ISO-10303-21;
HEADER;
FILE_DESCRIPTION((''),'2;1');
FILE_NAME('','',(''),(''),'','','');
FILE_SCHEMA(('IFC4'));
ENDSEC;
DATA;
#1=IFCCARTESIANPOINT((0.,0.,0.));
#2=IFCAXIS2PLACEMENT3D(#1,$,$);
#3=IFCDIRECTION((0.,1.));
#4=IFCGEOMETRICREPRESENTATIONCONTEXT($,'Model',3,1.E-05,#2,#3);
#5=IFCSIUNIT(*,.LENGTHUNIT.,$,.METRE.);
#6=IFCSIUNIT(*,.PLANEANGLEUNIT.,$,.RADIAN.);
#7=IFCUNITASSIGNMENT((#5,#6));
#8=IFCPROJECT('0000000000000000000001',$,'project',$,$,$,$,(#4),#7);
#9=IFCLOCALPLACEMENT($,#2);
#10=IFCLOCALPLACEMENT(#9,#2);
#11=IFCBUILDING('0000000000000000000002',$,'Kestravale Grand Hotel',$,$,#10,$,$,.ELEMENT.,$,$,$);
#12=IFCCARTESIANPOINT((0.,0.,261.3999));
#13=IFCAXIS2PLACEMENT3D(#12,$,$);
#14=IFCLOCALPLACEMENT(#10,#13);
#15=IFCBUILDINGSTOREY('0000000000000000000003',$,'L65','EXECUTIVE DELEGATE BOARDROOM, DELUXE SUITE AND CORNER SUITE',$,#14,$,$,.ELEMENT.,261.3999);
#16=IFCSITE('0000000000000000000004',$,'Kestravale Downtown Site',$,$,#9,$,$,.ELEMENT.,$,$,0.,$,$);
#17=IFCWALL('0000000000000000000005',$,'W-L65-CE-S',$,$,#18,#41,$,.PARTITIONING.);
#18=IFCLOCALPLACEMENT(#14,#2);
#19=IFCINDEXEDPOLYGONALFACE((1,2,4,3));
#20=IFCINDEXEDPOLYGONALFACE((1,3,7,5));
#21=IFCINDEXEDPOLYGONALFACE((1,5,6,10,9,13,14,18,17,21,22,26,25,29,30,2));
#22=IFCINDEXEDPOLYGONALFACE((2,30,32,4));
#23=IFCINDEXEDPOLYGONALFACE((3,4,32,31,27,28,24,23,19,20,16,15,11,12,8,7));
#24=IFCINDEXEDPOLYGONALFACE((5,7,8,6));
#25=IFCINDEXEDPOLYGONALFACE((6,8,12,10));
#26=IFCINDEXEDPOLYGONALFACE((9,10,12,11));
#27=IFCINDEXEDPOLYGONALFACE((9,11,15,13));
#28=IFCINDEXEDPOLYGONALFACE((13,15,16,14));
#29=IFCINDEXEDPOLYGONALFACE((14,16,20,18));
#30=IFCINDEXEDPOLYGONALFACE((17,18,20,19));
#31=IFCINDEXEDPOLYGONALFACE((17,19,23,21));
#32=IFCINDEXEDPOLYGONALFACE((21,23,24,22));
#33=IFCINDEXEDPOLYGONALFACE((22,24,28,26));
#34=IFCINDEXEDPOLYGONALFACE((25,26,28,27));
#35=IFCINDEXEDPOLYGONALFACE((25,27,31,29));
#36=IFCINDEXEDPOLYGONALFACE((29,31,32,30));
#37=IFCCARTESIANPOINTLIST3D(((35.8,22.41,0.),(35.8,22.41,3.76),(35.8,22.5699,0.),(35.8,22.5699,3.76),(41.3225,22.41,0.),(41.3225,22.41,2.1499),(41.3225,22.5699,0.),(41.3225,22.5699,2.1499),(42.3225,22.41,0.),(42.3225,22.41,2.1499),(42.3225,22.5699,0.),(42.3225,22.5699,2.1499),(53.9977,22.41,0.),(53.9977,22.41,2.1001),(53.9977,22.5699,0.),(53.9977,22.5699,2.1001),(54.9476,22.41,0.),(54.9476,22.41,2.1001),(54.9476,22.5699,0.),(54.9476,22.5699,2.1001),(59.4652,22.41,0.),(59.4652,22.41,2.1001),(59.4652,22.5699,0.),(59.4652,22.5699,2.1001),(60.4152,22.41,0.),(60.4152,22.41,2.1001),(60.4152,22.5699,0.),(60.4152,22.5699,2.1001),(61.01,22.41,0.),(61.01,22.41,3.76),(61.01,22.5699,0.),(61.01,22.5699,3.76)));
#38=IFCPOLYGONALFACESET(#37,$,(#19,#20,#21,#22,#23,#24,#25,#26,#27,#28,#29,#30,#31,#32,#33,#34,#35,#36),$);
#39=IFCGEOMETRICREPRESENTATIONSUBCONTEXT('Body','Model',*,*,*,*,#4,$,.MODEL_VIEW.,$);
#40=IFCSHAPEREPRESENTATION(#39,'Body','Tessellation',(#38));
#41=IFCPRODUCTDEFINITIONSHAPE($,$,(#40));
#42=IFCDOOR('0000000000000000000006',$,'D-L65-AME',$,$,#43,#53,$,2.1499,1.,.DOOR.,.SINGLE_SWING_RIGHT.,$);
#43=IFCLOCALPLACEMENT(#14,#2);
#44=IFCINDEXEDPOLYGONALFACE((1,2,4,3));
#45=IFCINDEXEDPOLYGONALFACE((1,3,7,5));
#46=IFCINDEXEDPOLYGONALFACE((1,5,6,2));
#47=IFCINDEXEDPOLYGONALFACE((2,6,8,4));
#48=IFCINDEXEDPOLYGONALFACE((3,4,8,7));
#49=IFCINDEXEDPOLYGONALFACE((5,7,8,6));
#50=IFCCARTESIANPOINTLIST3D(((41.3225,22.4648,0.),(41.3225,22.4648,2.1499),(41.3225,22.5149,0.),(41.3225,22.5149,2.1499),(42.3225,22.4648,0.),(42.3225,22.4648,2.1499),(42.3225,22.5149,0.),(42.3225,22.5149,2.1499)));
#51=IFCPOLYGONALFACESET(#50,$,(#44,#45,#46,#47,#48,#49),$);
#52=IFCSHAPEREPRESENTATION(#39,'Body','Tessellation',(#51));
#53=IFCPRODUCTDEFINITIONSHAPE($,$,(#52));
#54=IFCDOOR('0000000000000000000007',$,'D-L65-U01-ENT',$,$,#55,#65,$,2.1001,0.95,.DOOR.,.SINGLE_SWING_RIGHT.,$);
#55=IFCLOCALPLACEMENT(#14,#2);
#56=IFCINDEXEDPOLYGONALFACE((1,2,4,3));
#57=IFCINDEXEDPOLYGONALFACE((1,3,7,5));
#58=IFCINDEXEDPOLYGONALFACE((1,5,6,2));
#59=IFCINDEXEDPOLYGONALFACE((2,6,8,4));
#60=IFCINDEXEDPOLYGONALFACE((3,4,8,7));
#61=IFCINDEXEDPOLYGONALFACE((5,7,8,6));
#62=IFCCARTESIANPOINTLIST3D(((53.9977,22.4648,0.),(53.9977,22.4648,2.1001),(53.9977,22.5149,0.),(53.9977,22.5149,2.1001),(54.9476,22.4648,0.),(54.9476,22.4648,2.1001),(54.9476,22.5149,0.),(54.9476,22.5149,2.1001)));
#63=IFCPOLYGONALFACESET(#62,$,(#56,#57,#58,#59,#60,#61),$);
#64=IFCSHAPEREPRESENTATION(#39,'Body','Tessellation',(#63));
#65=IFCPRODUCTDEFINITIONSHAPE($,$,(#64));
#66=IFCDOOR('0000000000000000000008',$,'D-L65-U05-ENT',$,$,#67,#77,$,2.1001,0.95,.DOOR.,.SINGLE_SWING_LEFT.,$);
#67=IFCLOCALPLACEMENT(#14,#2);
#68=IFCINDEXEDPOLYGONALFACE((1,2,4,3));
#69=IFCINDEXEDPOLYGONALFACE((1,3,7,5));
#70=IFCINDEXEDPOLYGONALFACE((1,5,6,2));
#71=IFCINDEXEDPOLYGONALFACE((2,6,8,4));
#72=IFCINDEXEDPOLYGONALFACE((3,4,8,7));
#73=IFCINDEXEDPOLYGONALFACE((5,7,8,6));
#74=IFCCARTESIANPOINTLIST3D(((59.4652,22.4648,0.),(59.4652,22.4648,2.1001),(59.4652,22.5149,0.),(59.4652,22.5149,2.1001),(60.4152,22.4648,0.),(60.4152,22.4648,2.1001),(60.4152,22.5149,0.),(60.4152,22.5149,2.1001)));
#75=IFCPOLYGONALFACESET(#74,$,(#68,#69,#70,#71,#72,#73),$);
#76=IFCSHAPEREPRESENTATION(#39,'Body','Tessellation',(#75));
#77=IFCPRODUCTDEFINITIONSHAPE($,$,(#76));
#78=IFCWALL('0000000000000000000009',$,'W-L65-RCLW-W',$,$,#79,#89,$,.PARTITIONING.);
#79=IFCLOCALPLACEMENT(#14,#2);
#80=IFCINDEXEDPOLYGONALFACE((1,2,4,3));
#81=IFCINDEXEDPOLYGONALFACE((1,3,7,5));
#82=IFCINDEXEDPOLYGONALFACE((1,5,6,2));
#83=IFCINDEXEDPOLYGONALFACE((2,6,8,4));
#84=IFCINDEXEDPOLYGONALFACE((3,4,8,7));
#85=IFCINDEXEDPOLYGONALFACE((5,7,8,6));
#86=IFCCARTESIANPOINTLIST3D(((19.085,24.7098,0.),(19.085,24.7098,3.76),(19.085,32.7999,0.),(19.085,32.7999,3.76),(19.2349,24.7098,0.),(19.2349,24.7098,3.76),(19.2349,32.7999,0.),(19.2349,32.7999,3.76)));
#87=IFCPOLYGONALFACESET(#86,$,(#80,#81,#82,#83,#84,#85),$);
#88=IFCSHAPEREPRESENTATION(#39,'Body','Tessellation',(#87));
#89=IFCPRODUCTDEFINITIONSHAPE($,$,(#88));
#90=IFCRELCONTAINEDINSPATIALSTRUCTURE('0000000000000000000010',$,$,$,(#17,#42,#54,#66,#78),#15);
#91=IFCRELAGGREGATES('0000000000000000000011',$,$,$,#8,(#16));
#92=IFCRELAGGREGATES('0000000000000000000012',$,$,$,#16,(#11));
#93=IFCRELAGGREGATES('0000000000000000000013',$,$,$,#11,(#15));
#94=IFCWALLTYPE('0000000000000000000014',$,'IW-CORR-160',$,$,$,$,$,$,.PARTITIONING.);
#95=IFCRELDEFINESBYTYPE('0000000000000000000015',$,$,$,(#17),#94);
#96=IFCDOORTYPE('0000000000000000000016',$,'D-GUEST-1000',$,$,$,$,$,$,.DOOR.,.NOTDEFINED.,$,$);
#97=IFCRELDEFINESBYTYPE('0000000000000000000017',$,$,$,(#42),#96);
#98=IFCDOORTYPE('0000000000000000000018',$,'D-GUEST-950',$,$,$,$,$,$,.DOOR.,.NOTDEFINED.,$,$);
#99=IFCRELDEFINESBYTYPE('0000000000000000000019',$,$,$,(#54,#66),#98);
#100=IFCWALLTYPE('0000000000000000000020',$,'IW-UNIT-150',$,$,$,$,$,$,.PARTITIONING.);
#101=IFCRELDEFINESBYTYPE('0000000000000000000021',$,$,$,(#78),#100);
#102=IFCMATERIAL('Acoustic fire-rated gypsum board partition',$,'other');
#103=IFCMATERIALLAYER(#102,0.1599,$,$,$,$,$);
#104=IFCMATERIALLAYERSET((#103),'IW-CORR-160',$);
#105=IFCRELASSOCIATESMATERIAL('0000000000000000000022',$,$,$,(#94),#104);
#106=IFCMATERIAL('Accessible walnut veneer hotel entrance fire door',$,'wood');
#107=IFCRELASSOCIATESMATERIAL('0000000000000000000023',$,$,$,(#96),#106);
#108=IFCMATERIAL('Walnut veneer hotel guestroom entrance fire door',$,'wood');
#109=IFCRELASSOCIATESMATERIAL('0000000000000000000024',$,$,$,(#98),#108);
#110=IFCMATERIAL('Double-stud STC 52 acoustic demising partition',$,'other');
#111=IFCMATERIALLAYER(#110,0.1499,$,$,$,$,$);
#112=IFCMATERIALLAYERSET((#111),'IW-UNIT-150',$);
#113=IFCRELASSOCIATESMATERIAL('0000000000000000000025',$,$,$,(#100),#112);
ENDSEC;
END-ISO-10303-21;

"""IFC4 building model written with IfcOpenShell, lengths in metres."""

from ifc_helpers import new_model, si_unit, direction, frame, frame_2d, origin, place, context, subcontext, project, spatial, rectangle, extrude, material, layer, layer_set, type_object, element, fill, save


model = new_model("IFC4")

# Units and contexts
model_context = context("Model", 3, precision=1e-05, world=origin(), true_north=direction((0.0, 1.0)))
body_context = subcontext(model_context, "Body", "Model", "MODEL_VIEW")
ifc_project = project(units=[si_unit("LENGTHUNIT", "METRE"), si_unit("PLANEANGLEUNIT", "RADIAN")], contexts=[model_context])

# Site, building, storey
site_placement = place(None, origin())
site = spatial("IfcSite", under=ifc_project, at=site_placement, Name="Kestravale Downtown Site", CompositionType="ELEMENT", RefElevation=0.0)
building_placement = place(site_placement, origin())
building = spatial("IfcBuilding", under=site, at=building_placement, Name="Kestravale Grand Hotel", CompositionType="ELEMENT")
storey_placement = place(building_placement, frame((0.0, 0.0, 261.3999)))
storey = spatial("IfcBuildingStorey", under=building, at=storey_placement, Name="L65", Description="EXECUTIVE DELEGATE BOARDROOM, DELUXE SUITE AND CORNER SUITE", CompositionType="ELEMENT", Elevation=261.3999)

# Shared definitions
ifc_material_1 = material(Name="Acoustic fire-rated gypsum board partition", Category="other")
ifc_layer_1 = layer(ifc_material_1, 0.1599)
ifc_layer_set_1 = layer_set([ifc_layer_1], Name="IW-CORR-160")
wall_type_1 = type_object("IfcWallType", Name="IW-CORR-160", PredefinedType="PARTITIONING", material=ifc_layer_set_1)
ifc_material_2 = material(Name="Accessible walnut veneer hotel entrance fire door", Category="wood")
door_type_1 = type_object("IfcDoorType", Name="D-GUEST-1000", OperationType="NOTDEFINED", PredefinedType="DOOR", material=ifc_material_2)

# Wall, openings, doors
wall_1_placement = place(storey_placement, frame((35.8, 22.49, 0.0), z_axis=(0.0, 0.0, 1.0), x_axis=(1.0, 0.0, 0.0)))
wall_1 = element("IfcWall", 1, at=wall_1_placement, inside=storey, type_object=wall_type_1, Name="W-L65-CE-S", PredefinedType="PARTITIONING", context=body_context, shape_type="SweptSolid", body=[
    extrude(rectangle(XDim=25.21, YDim=0.1599, at=frame_2d((12.605, 0.0))), origin(), (0.0, 0.0, 1.0), 3.76),
])
opening_1_placement = place(wall_1_placement, frame((5.5225, 0.0, 0.0)))
opening_1 = element("IfcOpeningElement", 2, at=opening_1_placement, cuts=wall_1, PredefinedType="OPENING", context=body_context, shape_type="SweptSolid", body=[
    extrude(rectangle(XDim=1.0, YDim=2.1499, at=frame_2d((0.5, 1.075))), frame((0.0, 0.0898, 0.0), z_axis=(0.0, -1.0, 0.0), x_axis=(1.0, 0.0, 0.0)), (0.0, 0.0, 1.0), 0.1799),
])
opening_2_placement = place(wall_1_placement, frame((18.1975, 0.0, 0.0)))
opening_2 = element("IfcOpeningElement", 3, at=opening_2_placement, cuts=wall_1, PredefinedType="OPENING", context=body_context, shape_type="SweptSolid", body=[
    extrude(rectangle(XDim=0.95, YDim=2.1001, at=frame_2d((0.4751, 1.05))), frame((0.0, 0.0898, 0.0), z_axis=(0.0, -1.0, 0.0), x_axis=(1.0, 0.0, 0.0)), (0.0, 0.0, 1.0), 0.1799),
])
opening_3_placement = place(wall_1_placement, frame((23.665, 0.0, 0.0)))
opening_3 = element("IfcOpeningElement", 4, at=opening_3_placement, cuts=wall_1, PredefinedType="OPENING", context=body_context, shape_type="SweptSolid", body=[
    extrude(rectangle(XDim=0.95, YDim=2.1001, at=frame_2d((0.4751, 1.05))), frame((0.0, 0.0898, 0.0), z_axis=(0.0, -1.0, 0.0), x_axis=(1.0, 0.0, 0.0)), (0.0, 0.0, 1.0), 0.1799),
])
door_1_placement = place(opening_1_placement, origin())
door_1 = element("IfcDoor", 5, at=door_1_placement, inside=storey, type_object=door_type_1, Name="D-L65-AME", OperationType="SINGLE_SWING_RIGHT", OverallHeight=2.1499, OverallWidth=1.0, PredefinedType="DOOR", context=body_context, shape_type="SweptSolid", body=[
    extrude(rectangle(XDim=1.0, YDim=2.1499, at=frame_2d((0.5, 1.075))), frame((0.0, 0.0249, 0.0), z_axis=(0.0, -1.0, 0.0), x_axis=(1.0, 0.0, 0.0)), (0.0, 0.0, 1.0), 0.05),
])
fill(opening_1, door_1)
ifc_material_3 = material(Name="Walnut veneer hotel guestroom entrance fire door", Category="wood")
door_type_2 = type_object("IfcDoorType", Name="D-GUEST-950", OperationType="NOTDEFINED", PredefinedType="DOOR", material=ifc_material_3)
door_2_placement = place(opening_2_placement, origin())
door_2 = element("IfcDoor", 6, at=door_2_placement, inside=storey, type_object=door_type_2, Name="D-L65-U01-ENT", OperationType="SINGLE_SWING_RIGHT", OverallHeight=2.1001, OverallWidth=0.95, PredefinedType="DOOR", context=body_context, shape_type="SweptSolid", body=[
    extrude(rectangle(XDim=0.95, YDim=2.1001, at=frame_2d((0.4751, 1.05))), frame((0.0, 0.0249, 0.0), z_axis=(0.0, -1.0, 0.0), x_axis=(1.0, 0.0, 0.0)), (0.0, 0.0, 1.0), 0.05),
])
fill(opening_2, door_2)
door_3_placement = place(opening_3_placement, origin())
door_3 = element("IfcDoor", 7, at=door_3_placement, inside=storey, type_object=door_type_2, Name="D-L65-U05-ENT", OperationType="SINGLE_SWING_LEFT", OverallHeight=2.1001, OverallWidth=0.95, PredefinedType="DOOR", context=body_context, shape_type="SweptSolid", body=[
    extrude(rectangle(XDim=0.95, YDim=2.1001, at=frame_2d((0.4751, 1.05))), frame((0.0, 0.0249, 0.0), z_axis=(0.0, -1.0, 0.0), x_axis=(1.0, 0.0, 0.0)), (0.0, 0.0, 1.0), 0.05),
])
fill(opening_3, door_3)

# Wall
ifc_material_4 = material(Name="Double-stud STC 52 acoustic demising partition", Category="other")
ifc_layer_2 = layer(ifc_material_4, 0.1499)
ifc_layer_set_2 = layer_set([ifc_layer_2], Name="IW-UNIT-150")
wall_type_2 = type_object("IfcWallType", Name="IW-UNIT-150", PredefinedType="PARTITIONING", material=ifc_layer_set_2)
wall_2_placement = place(storey_placement, frame((19.1599, 24.71, 0.0), z_axis=(0.0, 0.0, 1.0), x_axis=(0.0, 1.0, 0.0)))
element("IfcWall", 8, at=wall_2_placement, inside=storey, type_object=wall_type_2, Name="W-L65-RCLW-W", PredefinedType="PARTITIONING", context=body_context, shape_type="SweptSolid", body=[
    extrude(rectangle(XDim=8.0901, YDim=0.1499, at=frame_2d((4.0449, 0.0))), origin(), (0.0, 0.0, 1.0), 3.76),
])

save(model, "model.ifc")
